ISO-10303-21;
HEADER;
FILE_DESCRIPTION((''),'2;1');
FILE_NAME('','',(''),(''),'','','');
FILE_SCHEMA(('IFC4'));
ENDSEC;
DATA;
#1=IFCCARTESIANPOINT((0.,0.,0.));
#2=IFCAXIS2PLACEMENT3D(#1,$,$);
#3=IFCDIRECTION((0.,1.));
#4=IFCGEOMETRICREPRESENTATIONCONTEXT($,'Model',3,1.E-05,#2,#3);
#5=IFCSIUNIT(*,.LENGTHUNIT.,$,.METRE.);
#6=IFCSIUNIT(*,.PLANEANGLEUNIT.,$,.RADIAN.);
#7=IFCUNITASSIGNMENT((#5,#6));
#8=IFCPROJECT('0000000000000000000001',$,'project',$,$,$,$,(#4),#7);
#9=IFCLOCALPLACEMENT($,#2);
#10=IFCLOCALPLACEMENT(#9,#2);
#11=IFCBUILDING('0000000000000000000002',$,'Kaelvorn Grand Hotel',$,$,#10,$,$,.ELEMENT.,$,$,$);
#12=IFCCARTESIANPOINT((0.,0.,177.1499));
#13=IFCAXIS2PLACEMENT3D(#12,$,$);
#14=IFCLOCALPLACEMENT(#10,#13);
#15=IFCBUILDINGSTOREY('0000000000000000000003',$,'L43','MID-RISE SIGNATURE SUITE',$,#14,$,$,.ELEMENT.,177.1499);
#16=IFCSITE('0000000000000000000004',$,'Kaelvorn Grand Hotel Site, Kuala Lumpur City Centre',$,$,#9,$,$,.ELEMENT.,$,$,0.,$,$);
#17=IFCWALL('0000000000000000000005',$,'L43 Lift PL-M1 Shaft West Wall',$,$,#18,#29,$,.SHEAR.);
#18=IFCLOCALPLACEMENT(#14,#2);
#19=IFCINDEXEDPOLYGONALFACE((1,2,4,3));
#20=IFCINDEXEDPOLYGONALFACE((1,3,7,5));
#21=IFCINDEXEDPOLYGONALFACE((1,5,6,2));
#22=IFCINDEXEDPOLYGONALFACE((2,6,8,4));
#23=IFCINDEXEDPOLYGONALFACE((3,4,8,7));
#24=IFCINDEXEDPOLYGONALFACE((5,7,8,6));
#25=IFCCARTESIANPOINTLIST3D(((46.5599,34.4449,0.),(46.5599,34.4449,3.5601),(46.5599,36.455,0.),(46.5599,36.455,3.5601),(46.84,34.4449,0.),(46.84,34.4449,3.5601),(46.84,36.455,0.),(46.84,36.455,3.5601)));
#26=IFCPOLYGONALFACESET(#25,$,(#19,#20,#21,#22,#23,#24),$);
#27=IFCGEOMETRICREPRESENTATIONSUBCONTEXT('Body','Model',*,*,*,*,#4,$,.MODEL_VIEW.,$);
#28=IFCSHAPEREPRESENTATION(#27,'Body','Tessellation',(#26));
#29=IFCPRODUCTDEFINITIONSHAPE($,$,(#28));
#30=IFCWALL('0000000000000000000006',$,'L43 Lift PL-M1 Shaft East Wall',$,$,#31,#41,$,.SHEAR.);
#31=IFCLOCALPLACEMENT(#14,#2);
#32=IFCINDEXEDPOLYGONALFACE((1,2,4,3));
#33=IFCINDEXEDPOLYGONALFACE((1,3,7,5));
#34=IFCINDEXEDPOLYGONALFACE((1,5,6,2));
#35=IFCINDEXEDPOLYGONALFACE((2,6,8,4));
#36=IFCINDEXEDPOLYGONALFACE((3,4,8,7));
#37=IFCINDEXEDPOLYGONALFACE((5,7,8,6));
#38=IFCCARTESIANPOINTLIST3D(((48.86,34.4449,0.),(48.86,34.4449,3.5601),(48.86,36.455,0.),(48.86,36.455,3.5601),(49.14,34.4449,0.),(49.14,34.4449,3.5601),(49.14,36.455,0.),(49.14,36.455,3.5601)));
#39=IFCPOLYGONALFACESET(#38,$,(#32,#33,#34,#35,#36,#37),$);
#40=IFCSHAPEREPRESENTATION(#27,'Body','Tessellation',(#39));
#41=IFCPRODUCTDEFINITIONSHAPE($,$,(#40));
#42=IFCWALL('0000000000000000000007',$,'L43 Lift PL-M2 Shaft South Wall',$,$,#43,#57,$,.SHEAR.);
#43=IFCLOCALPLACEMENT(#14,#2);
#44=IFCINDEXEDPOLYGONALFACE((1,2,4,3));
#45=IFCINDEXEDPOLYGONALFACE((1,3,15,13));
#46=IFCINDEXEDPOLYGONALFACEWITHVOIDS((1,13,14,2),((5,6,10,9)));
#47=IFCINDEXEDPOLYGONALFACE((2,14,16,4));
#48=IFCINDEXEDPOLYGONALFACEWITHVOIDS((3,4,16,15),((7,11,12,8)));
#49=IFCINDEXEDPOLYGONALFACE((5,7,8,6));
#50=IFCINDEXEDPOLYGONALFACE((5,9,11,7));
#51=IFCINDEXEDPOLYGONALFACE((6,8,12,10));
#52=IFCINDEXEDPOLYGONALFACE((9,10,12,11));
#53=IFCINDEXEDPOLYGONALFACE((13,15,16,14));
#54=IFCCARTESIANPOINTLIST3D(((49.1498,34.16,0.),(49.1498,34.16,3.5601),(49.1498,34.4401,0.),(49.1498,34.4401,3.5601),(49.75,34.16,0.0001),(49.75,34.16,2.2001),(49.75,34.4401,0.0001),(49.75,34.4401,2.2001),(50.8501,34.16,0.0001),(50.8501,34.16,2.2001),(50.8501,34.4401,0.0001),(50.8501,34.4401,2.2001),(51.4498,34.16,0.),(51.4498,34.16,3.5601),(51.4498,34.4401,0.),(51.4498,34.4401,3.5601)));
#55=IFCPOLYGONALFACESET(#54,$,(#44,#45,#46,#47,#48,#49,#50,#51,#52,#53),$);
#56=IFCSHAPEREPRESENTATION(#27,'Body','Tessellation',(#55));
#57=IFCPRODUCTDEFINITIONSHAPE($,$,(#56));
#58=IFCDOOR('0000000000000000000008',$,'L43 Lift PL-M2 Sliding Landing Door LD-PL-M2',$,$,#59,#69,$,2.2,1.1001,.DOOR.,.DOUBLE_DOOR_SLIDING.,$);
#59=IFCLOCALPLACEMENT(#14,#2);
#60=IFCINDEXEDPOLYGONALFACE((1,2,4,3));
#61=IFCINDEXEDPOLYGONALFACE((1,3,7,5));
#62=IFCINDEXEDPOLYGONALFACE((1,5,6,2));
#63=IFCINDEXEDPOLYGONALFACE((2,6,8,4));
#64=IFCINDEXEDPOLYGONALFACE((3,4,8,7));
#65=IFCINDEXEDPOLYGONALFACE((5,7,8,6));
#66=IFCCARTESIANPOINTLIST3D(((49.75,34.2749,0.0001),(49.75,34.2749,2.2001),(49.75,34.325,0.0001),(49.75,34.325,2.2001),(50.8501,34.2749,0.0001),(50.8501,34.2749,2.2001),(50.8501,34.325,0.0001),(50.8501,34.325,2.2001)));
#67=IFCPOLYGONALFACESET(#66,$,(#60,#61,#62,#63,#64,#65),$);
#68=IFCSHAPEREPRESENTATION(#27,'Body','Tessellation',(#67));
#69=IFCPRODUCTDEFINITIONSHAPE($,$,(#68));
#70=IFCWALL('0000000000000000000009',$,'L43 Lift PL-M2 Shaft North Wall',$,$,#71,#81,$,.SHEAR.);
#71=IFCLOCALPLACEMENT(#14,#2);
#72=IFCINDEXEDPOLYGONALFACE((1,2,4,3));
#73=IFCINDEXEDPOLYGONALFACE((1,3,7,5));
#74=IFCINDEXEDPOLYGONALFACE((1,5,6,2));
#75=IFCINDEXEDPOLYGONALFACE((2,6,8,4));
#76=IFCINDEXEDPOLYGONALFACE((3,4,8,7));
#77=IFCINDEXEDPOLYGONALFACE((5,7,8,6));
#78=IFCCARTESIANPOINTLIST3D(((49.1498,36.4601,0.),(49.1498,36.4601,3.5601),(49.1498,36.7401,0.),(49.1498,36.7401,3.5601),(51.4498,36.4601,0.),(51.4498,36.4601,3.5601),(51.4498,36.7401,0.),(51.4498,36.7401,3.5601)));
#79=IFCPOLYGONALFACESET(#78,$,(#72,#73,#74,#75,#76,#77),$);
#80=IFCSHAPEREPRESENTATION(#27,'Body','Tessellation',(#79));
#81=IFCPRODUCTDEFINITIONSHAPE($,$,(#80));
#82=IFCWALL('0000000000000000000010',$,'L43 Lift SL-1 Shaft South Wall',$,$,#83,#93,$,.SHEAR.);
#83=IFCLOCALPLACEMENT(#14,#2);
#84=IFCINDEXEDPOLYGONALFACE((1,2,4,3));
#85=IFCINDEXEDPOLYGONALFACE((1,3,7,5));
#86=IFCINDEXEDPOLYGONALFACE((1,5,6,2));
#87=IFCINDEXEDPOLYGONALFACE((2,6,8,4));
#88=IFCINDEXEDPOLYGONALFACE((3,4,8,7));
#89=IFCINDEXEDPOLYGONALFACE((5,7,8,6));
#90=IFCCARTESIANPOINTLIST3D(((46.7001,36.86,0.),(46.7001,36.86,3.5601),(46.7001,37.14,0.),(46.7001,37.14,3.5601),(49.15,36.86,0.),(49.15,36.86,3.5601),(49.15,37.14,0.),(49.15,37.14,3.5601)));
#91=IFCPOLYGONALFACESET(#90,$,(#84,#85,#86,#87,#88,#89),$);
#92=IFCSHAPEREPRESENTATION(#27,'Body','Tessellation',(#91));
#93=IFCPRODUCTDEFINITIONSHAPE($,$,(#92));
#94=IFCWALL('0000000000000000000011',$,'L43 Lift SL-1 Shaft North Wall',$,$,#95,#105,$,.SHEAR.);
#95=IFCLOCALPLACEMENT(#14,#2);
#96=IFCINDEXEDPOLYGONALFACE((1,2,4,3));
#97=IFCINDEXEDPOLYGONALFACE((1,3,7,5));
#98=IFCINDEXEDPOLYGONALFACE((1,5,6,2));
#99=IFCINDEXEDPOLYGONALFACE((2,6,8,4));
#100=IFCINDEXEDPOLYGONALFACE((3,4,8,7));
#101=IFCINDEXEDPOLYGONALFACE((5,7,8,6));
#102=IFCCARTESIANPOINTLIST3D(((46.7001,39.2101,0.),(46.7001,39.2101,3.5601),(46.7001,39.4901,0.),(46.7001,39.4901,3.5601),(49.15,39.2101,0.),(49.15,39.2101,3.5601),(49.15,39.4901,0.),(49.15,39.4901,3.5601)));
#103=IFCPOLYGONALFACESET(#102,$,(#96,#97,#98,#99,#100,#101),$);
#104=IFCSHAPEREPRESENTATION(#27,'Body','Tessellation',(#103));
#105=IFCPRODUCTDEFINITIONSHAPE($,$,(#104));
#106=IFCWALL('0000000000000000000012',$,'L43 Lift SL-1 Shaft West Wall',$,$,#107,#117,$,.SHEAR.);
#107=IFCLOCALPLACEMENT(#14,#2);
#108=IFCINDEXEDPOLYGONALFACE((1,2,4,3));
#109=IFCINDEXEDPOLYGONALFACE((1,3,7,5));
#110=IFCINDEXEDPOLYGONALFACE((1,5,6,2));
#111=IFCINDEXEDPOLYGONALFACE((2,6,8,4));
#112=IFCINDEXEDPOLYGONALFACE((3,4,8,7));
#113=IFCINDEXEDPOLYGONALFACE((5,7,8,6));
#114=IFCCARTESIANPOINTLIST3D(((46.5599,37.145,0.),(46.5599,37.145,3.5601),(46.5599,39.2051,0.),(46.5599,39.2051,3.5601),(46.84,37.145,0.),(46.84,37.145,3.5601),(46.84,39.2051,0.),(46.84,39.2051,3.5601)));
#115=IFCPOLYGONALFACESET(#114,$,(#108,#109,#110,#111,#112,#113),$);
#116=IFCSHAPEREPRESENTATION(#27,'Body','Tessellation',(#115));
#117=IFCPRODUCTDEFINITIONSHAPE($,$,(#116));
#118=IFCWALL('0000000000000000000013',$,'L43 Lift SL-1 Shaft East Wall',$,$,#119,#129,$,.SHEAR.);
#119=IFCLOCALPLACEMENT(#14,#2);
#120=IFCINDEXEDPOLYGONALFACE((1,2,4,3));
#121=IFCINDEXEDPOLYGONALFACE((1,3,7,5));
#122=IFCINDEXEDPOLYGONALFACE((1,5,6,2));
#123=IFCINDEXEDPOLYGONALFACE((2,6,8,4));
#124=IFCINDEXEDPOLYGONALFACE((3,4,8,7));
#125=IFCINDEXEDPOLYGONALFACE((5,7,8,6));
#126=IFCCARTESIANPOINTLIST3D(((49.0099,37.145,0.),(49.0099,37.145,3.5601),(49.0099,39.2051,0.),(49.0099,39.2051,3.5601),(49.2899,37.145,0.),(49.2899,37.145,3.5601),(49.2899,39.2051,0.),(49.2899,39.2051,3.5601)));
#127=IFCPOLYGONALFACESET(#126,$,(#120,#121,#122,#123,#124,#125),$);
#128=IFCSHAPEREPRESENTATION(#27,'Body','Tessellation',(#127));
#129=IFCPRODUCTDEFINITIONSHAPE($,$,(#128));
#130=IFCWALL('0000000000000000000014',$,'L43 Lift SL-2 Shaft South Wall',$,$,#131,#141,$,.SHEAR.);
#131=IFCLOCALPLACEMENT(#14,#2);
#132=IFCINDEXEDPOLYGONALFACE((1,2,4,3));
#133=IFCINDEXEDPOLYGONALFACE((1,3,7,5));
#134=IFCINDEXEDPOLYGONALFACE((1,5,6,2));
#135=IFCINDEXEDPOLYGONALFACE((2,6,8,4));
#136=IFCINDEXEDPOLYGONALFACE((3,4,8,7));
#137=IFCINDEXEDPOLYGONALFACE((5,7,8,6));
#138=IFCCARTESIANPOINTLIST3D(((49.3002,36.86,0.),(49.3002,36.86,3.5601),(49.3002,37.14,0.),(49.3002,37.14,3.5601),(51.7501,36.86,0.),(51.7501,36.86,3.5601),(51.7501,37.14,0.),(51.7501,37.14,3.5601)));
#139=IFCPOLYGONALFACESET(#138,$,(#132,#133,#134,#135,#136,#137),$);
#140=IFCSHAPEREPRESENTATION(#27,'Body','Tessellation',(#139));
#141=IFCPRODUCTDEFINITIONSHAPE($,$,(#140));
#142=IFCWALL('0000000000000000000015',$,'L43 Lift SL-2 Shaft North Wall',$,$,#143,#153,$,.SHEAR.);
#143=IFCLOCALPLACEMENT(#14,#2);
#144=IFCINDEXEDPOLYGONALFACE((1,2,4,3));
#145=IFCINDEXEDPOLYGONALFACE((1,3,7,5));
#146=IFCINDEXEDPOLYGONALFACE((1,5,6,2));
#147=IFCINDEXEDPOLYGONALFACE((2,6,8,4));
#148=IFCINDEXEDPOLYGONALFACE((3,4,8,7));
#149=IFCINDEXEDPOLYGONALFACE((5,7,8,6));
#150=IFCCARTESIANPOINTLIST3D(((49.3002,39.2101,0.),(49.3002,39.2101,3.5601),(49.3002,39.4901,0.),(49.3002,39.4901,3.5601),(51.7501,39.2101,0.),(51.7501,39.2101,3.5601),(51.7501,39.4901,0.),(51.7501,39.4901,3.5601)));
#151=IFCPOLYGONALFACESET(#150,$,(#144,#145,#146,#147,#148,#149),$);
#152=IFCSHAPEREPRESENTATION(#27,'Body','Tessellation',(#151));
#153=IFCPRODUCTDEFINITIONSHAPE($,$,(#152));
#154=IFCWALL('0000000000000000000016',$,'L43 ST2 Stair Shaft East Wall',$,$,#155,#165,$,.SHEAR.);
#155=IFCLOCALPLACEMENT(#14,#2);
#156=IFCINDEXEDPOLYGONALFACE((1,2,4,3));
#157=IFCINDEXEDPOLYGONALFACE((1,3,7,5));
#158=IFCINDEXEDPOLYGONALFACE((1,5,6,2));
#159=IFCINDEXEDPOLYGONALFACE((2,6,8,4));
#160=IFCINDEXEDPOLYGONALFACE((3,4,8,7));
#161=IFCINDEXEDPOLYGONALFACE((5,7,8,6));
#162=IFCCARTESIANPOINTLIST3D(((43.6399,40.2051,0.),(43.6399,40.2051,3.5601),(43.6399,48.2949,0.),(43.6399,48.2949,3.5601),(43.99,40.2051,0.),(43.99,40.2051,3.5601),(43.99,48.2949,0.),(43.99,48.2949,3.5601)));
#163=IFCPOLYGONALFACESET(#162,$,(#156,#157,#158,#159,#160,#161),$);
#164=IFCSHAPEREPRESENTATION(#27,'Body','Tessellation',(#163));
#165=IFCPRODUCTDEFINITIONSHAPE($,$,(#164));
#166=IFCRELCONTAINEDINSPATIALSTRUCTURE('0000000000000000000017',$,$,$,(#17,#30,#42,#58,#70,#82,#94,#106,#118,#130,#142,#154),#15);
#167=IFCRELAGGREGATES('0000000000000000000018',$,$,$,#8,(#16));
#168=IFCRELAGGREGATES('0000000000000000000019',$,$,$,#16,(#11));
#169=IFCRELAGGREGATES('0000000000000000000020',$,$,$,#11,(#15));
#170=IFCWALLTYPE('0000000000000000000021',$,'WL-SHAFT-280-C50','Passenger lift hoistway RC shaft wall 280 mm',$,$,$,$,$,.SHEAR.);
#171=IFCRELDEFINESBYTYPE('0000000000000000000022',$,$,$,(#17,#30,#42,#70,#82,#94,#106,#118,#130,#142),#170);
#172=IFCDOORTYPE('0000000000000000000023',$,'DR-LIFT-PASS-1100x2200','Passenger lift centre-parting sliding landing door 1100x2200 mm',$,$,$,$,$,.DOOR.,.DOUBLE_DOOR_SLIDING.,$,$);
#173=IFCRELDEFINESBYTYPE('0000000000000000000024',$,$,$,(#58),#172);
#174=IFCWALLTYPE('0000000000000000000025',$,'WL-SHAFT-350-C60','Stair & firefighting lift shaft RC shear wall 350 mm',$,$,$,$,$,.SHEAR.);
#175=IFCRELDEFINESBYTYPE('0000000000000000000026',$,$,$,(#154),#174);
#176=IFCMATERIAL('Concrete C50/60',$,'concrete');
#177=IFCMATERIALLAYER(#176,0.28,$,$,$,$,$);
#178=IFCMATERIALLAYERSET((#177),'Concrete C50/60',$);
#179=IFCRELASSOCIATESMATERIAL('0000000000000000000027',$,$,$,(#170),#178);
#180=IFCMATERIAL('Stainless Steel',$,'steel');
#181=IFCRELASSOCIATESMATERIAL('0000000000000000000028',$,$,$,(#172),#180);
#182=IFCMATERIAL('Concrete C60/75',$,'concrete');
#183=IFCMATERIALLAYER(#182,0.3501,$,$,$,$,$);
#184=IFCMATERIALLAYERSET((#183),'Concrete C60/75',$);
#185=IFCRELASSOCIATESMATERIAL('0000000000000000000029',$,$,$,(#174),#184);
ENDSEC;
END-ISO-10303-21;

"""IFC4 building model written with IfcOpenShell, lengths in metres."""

from ifc_helpers import new_model, si_unit, direction, frame, frame_2d, origin, place, context, subcontext, project, spatial, rectangle, extrude, material, layer, layer_set, type_object, element, fill, save


model = new_model("IFC4")

# Units and contexts
model_context = context("Model", 3, precision=1e-05, world=origin(), true_north=direction((0.0, 1.0)))
body_context = subcontext(model_context, "Body", "Model", "MODEL_VIEW")
ifc_project = project(units=[si_unit("LENGTHUNIT", "METRE"), si_unit("PLANEANGLEUNIT", "RADIAN")], contexts=[model_context])

# Site, building, storey
site_placement = place(None, origin())
site = spatial("IfcSite", under=ifc_project, at=site_placement, Name="Kaelvorn Grand Hotel Site, Kuala Lumpur City Centre", CompositionType="ELEMENT", RefElevation=0.0)
building_placement = place(site_placement, origin())
building = spatial("IfcBuilding", under=site, at=building_placement, Name="Kaelvorn Grand Hotel", CompositionType="ELEMENT")
storey_placement = place(building_placement, frame((0.0, 0.0, 177.1499)))
storey = spatial("IfcBuildingStorey", under=building, at=storey_placement, Name="L43", Description="MID-RISE SIGNATURE SUITE", CompositionType="ELEMENT", Elevation=177.1499)

# Shared definitions
ifc_material_1 = material(Name="Concrete C60/75", Category="concrete")

# Shared definitions
ifc_material_2 = material(Name="Concrete C50/60", Category="concrete")

# Shared definitions
ifc_layer_1 = layer(ifc_material_2, 0.28)
ifc_layer_set_1 = layer_set([ifc_layer_1], Name="Concrete C50/60")
wall_type_1 = type_object("IfcWallType", Name="WL-SHAFT-280-C50", Description="Passenger lift hoistway RC shaft wall 280 mm", PredefinedType="SHEAR", material=ifc_layer_set_1)
ifc_material_3 = material(Name="Stainless Steel", Category="steel")
door_type_1 = type_object("IfcDoorType", Name="DR-LIFT-PASS-1100x2200", Description="Passenger lift centre-parting sliding landing door 1100x2200 mm", OperationType="DOUBLE_DOOR_SLIDING", PredefinedType="DOOR", material=ifc_material_3)

# Walls
for number, where, z_axis, x_axis, name in (
    (1, (46.7, 34.4451, 0.0), (0.0, 0.0, 1.0), (0.0, 1.0, 0.0), "L43 Lift PL-M1 Shaft West Wall"),
    (2, (49.0, 34.4451, 0.0), (0.0, 0.0, 1.0), (0.0, 1.0, 0.0), "L43 Lift PL-M1 Shaft East Wall"),
):
    element("IfcWall", number, at=place(storey_placement, frame(where, z_axis=z_axis, x_axis=x_axis)), inside=storey, type_object=wall_type_1, Name=name, PredefinedType="SHEAR", context=body_context, shape_type="SweptSolid", body=[
        extrude(rectangle(XDim=2.01, YDim=0.28, at=frame_2d((1.0049, 0.0))), origin(), (0.0, 0.0, 1.0), 3.5601),
    ])

# Wall, opening, door
wall_1_placement = place(storey_placement, frame((49.1499, 34.3, 0.0), z_axis=(0.0, 0.0, 1.0), x_axis=(1.0, 0.0, 0.0)))
wall_1 = element("IfcWall", 3, at=wall_1_placement, inside=storey, type_object=wall_type_1, Name="L43 Lift PL-M2 Shaft South Wall", PredefinedType="SHEAR", context=body_context, shape_type="SweptSolid", body=[
    extrude(rectangle(XDim=2.3, YDim=0.28, at=frame_2d((1.1499, 0.0))), origin(), (0.0, 0.0, 1.0), 3.5601),
])
opening_1_placement = place(wall_1_placement, frame((0.6001, 0.0, 0.0)))
opening_1 = element("IfcOpeningElement", 4, at=opening_1_placement, cuts=wall_1, PredefinedType="OPENING", context=body_context, shape_type="SweptSolid", body=[
    extrude(rectangle(XDim=1.1001, YDim=2.2, at=frame_2d((0.55, 1.1001))), frame((0.0, 0.1499, 0.0), z_axis=(0.0, -1.0, 0.0), x_axis=(1.0, 0.0, 0.0)), (0.0, 0.0, 1.0), 0.3),
])
door_1_placement = place(opening_1_placement, origin())
door_1 = element("IfcDoor", 5, at=door_1_placement, inside=storey, type_object=door_type_1, Name="L43 Lift PL-M2 Sliding Landing Door LD-PL-M2", OperationType="DOUBLE_DOOR_SLIDING", OverallHeight=2.2, OverallWidth=1.1001, PredefinedType="DOOR", context=body_context, shape_type="SweptSolid", body=[
    extrude(rectangle(XDim=1.1001, YDim=2.2, at=frame_2d((0.55, 1.1001))), frame((0.0, 0.0249, 0.0), z_axis=(0.0, -1.0, 0.0), x_axis=(1.0, 0.0, 0.0)), (0.0, 0.0, 1.0), 0.05),
])
fill(opening_1, door_1)

# Walls
wall_2_placement = place(storey_placement, frame((49.1499, 36.6001, 0.0), z_axis=(0.0, 0.0, 1.0), x_axis=(1.0, 0.0, 0.0)))
element("IfcWall", 6, at=wall_2_placement, inside=storey, type_object=wall_type_1, Name="L43 Lift PL-M2 Shaft North Wall", PredefinedType="SHEAR", context=body_context, shape_type="SweptSolid", body=[
    extrude(rectangle(XDim=2.3, YDim=0.28, at=frame_2d((1.1499, 0.0))), origin(), (0.0, 0.0, 1.0), 3.5601),
])
for number, where, z_axis, x_axis, name in (
    (7, (46.7, 37.0, 0.0), (0.0, 0.0, 1.0), (1.0, 0.0, 0.0), "L43 Lift SL-1 Shaft South Wall"),
    (8, (46.7, 39.3501, 0.0), (0.0, 0.0, 1.0), (1.0, 0.0, 0.0), "L43 Lift SL-1 Shaft North Wall"),
):
    element("IfcWall", number, at=place(storey_placement, frame(where, z_axis=z_axis, x_axis=x_axis)), inside=storey, type_object=wall_type_1, Name=name, PredefinedType="SHEAR", context=body_context, shape_type="SweptSolid", body=[
        extrude(rectangle(XDim=2.45, YDim=0.28, at=frame_2d((1.2251, 0.0))), origin(), (0.0, 0.0, 1.0), 3.5601),
    ])
for number, where, z_axis, x_axis, name in (
    (9, (46.7, 37.145, 0.0), (0.0, 0.0, 1.0), (0.0, 1.0, 0.0), "L43 Lift SL-1 Shaft West Wall"),
    (10, (49.1499, 37.145, 0.0), (0.0, 0.0, 1.0), (0.0, 1.0, 0.0), "L43 Lift SL-1 Shaft East Wall"),
):
    element("IfcWall", number, at=place(storey_placement, frame(where, z_axis=z_axis, x_axis=x_axis)), inside=storey, type_object=wall_type_1, Name=name, PredefinedType="SHEAR", context=body_context, shape_type="SweptSolid", body=[
        extrude(rectangle(XDim=2.0601, YDim=0.28, at=frame_2d((1.03, 0.0))), origin(), (0.0, 0.0, 1.0), 3.5601),
    ])
for number, where, z_axis, x_axis, name in (
    (11, (49.3, 37.0, 0.0), (0.0, 0.0, 1.0), (1.0, 0.0, 0.0), "L43 Lift SL-2 Shaft South Wall"),
    (12, (49.3, 39.3501, 0.0), (0.0, 0.0, 1.0), (1.0, 0.0, 0.0), "L43 Lift SL-2 Shaft North Wall"),
):
    element("IfcWall", number, at=place(storey_placement, frame(where, z_axis=z_axis, x_axis=x_axis)), inside=storey, type_object=wall_type_1, Name=name, PredefinedType="SHEAR", context=body_context, shape_type="SweptSolid", body=[
        extrude(rectangle(XDim=2.45, YDim=0.28, at=frame_2d((1.2251, 0.0))), origin(), (0.0, 0.0, 1.0), 3.5601),
    ])
ifc_layer_2 = layer(ifc_material_1, 0.3501)
ifc_layer_set_2 = layer_set([ifc_layer_2], Name="Concrete C60/75")
wall_type_2 = type_object("IfcWallType", Name="WL-SHAFT-350-C60", Description="Stair & firefighting lift shaft RC shear wall 350 mm", PredefinedType="SHEAR", material=ifc_layer_set_2)
wall_3_placement = place(storey_placement, frame((43.8149, 40.2051, 0.0), z_axis=(0.0, 0.0, 1.0), x_axis=(0.0, 1.0, 0.0)))
element("IfcWall", 13, at=wall_3_placement, inside=storey, type_object=wall_type_2, Name="L43 ST2 Stair Shaft East Wall", PredefinedType="SHEAR", context=body_context, shape_type="SweptSolid", body=[
    extrude(rectangle(XDim=8.0898, YDim=0.3501, at=frame_2d((4.0449, 0.0))), origin(), (0.0, 0.0, 1.0), 3.5601),
])

save(model, "model.ifc")
